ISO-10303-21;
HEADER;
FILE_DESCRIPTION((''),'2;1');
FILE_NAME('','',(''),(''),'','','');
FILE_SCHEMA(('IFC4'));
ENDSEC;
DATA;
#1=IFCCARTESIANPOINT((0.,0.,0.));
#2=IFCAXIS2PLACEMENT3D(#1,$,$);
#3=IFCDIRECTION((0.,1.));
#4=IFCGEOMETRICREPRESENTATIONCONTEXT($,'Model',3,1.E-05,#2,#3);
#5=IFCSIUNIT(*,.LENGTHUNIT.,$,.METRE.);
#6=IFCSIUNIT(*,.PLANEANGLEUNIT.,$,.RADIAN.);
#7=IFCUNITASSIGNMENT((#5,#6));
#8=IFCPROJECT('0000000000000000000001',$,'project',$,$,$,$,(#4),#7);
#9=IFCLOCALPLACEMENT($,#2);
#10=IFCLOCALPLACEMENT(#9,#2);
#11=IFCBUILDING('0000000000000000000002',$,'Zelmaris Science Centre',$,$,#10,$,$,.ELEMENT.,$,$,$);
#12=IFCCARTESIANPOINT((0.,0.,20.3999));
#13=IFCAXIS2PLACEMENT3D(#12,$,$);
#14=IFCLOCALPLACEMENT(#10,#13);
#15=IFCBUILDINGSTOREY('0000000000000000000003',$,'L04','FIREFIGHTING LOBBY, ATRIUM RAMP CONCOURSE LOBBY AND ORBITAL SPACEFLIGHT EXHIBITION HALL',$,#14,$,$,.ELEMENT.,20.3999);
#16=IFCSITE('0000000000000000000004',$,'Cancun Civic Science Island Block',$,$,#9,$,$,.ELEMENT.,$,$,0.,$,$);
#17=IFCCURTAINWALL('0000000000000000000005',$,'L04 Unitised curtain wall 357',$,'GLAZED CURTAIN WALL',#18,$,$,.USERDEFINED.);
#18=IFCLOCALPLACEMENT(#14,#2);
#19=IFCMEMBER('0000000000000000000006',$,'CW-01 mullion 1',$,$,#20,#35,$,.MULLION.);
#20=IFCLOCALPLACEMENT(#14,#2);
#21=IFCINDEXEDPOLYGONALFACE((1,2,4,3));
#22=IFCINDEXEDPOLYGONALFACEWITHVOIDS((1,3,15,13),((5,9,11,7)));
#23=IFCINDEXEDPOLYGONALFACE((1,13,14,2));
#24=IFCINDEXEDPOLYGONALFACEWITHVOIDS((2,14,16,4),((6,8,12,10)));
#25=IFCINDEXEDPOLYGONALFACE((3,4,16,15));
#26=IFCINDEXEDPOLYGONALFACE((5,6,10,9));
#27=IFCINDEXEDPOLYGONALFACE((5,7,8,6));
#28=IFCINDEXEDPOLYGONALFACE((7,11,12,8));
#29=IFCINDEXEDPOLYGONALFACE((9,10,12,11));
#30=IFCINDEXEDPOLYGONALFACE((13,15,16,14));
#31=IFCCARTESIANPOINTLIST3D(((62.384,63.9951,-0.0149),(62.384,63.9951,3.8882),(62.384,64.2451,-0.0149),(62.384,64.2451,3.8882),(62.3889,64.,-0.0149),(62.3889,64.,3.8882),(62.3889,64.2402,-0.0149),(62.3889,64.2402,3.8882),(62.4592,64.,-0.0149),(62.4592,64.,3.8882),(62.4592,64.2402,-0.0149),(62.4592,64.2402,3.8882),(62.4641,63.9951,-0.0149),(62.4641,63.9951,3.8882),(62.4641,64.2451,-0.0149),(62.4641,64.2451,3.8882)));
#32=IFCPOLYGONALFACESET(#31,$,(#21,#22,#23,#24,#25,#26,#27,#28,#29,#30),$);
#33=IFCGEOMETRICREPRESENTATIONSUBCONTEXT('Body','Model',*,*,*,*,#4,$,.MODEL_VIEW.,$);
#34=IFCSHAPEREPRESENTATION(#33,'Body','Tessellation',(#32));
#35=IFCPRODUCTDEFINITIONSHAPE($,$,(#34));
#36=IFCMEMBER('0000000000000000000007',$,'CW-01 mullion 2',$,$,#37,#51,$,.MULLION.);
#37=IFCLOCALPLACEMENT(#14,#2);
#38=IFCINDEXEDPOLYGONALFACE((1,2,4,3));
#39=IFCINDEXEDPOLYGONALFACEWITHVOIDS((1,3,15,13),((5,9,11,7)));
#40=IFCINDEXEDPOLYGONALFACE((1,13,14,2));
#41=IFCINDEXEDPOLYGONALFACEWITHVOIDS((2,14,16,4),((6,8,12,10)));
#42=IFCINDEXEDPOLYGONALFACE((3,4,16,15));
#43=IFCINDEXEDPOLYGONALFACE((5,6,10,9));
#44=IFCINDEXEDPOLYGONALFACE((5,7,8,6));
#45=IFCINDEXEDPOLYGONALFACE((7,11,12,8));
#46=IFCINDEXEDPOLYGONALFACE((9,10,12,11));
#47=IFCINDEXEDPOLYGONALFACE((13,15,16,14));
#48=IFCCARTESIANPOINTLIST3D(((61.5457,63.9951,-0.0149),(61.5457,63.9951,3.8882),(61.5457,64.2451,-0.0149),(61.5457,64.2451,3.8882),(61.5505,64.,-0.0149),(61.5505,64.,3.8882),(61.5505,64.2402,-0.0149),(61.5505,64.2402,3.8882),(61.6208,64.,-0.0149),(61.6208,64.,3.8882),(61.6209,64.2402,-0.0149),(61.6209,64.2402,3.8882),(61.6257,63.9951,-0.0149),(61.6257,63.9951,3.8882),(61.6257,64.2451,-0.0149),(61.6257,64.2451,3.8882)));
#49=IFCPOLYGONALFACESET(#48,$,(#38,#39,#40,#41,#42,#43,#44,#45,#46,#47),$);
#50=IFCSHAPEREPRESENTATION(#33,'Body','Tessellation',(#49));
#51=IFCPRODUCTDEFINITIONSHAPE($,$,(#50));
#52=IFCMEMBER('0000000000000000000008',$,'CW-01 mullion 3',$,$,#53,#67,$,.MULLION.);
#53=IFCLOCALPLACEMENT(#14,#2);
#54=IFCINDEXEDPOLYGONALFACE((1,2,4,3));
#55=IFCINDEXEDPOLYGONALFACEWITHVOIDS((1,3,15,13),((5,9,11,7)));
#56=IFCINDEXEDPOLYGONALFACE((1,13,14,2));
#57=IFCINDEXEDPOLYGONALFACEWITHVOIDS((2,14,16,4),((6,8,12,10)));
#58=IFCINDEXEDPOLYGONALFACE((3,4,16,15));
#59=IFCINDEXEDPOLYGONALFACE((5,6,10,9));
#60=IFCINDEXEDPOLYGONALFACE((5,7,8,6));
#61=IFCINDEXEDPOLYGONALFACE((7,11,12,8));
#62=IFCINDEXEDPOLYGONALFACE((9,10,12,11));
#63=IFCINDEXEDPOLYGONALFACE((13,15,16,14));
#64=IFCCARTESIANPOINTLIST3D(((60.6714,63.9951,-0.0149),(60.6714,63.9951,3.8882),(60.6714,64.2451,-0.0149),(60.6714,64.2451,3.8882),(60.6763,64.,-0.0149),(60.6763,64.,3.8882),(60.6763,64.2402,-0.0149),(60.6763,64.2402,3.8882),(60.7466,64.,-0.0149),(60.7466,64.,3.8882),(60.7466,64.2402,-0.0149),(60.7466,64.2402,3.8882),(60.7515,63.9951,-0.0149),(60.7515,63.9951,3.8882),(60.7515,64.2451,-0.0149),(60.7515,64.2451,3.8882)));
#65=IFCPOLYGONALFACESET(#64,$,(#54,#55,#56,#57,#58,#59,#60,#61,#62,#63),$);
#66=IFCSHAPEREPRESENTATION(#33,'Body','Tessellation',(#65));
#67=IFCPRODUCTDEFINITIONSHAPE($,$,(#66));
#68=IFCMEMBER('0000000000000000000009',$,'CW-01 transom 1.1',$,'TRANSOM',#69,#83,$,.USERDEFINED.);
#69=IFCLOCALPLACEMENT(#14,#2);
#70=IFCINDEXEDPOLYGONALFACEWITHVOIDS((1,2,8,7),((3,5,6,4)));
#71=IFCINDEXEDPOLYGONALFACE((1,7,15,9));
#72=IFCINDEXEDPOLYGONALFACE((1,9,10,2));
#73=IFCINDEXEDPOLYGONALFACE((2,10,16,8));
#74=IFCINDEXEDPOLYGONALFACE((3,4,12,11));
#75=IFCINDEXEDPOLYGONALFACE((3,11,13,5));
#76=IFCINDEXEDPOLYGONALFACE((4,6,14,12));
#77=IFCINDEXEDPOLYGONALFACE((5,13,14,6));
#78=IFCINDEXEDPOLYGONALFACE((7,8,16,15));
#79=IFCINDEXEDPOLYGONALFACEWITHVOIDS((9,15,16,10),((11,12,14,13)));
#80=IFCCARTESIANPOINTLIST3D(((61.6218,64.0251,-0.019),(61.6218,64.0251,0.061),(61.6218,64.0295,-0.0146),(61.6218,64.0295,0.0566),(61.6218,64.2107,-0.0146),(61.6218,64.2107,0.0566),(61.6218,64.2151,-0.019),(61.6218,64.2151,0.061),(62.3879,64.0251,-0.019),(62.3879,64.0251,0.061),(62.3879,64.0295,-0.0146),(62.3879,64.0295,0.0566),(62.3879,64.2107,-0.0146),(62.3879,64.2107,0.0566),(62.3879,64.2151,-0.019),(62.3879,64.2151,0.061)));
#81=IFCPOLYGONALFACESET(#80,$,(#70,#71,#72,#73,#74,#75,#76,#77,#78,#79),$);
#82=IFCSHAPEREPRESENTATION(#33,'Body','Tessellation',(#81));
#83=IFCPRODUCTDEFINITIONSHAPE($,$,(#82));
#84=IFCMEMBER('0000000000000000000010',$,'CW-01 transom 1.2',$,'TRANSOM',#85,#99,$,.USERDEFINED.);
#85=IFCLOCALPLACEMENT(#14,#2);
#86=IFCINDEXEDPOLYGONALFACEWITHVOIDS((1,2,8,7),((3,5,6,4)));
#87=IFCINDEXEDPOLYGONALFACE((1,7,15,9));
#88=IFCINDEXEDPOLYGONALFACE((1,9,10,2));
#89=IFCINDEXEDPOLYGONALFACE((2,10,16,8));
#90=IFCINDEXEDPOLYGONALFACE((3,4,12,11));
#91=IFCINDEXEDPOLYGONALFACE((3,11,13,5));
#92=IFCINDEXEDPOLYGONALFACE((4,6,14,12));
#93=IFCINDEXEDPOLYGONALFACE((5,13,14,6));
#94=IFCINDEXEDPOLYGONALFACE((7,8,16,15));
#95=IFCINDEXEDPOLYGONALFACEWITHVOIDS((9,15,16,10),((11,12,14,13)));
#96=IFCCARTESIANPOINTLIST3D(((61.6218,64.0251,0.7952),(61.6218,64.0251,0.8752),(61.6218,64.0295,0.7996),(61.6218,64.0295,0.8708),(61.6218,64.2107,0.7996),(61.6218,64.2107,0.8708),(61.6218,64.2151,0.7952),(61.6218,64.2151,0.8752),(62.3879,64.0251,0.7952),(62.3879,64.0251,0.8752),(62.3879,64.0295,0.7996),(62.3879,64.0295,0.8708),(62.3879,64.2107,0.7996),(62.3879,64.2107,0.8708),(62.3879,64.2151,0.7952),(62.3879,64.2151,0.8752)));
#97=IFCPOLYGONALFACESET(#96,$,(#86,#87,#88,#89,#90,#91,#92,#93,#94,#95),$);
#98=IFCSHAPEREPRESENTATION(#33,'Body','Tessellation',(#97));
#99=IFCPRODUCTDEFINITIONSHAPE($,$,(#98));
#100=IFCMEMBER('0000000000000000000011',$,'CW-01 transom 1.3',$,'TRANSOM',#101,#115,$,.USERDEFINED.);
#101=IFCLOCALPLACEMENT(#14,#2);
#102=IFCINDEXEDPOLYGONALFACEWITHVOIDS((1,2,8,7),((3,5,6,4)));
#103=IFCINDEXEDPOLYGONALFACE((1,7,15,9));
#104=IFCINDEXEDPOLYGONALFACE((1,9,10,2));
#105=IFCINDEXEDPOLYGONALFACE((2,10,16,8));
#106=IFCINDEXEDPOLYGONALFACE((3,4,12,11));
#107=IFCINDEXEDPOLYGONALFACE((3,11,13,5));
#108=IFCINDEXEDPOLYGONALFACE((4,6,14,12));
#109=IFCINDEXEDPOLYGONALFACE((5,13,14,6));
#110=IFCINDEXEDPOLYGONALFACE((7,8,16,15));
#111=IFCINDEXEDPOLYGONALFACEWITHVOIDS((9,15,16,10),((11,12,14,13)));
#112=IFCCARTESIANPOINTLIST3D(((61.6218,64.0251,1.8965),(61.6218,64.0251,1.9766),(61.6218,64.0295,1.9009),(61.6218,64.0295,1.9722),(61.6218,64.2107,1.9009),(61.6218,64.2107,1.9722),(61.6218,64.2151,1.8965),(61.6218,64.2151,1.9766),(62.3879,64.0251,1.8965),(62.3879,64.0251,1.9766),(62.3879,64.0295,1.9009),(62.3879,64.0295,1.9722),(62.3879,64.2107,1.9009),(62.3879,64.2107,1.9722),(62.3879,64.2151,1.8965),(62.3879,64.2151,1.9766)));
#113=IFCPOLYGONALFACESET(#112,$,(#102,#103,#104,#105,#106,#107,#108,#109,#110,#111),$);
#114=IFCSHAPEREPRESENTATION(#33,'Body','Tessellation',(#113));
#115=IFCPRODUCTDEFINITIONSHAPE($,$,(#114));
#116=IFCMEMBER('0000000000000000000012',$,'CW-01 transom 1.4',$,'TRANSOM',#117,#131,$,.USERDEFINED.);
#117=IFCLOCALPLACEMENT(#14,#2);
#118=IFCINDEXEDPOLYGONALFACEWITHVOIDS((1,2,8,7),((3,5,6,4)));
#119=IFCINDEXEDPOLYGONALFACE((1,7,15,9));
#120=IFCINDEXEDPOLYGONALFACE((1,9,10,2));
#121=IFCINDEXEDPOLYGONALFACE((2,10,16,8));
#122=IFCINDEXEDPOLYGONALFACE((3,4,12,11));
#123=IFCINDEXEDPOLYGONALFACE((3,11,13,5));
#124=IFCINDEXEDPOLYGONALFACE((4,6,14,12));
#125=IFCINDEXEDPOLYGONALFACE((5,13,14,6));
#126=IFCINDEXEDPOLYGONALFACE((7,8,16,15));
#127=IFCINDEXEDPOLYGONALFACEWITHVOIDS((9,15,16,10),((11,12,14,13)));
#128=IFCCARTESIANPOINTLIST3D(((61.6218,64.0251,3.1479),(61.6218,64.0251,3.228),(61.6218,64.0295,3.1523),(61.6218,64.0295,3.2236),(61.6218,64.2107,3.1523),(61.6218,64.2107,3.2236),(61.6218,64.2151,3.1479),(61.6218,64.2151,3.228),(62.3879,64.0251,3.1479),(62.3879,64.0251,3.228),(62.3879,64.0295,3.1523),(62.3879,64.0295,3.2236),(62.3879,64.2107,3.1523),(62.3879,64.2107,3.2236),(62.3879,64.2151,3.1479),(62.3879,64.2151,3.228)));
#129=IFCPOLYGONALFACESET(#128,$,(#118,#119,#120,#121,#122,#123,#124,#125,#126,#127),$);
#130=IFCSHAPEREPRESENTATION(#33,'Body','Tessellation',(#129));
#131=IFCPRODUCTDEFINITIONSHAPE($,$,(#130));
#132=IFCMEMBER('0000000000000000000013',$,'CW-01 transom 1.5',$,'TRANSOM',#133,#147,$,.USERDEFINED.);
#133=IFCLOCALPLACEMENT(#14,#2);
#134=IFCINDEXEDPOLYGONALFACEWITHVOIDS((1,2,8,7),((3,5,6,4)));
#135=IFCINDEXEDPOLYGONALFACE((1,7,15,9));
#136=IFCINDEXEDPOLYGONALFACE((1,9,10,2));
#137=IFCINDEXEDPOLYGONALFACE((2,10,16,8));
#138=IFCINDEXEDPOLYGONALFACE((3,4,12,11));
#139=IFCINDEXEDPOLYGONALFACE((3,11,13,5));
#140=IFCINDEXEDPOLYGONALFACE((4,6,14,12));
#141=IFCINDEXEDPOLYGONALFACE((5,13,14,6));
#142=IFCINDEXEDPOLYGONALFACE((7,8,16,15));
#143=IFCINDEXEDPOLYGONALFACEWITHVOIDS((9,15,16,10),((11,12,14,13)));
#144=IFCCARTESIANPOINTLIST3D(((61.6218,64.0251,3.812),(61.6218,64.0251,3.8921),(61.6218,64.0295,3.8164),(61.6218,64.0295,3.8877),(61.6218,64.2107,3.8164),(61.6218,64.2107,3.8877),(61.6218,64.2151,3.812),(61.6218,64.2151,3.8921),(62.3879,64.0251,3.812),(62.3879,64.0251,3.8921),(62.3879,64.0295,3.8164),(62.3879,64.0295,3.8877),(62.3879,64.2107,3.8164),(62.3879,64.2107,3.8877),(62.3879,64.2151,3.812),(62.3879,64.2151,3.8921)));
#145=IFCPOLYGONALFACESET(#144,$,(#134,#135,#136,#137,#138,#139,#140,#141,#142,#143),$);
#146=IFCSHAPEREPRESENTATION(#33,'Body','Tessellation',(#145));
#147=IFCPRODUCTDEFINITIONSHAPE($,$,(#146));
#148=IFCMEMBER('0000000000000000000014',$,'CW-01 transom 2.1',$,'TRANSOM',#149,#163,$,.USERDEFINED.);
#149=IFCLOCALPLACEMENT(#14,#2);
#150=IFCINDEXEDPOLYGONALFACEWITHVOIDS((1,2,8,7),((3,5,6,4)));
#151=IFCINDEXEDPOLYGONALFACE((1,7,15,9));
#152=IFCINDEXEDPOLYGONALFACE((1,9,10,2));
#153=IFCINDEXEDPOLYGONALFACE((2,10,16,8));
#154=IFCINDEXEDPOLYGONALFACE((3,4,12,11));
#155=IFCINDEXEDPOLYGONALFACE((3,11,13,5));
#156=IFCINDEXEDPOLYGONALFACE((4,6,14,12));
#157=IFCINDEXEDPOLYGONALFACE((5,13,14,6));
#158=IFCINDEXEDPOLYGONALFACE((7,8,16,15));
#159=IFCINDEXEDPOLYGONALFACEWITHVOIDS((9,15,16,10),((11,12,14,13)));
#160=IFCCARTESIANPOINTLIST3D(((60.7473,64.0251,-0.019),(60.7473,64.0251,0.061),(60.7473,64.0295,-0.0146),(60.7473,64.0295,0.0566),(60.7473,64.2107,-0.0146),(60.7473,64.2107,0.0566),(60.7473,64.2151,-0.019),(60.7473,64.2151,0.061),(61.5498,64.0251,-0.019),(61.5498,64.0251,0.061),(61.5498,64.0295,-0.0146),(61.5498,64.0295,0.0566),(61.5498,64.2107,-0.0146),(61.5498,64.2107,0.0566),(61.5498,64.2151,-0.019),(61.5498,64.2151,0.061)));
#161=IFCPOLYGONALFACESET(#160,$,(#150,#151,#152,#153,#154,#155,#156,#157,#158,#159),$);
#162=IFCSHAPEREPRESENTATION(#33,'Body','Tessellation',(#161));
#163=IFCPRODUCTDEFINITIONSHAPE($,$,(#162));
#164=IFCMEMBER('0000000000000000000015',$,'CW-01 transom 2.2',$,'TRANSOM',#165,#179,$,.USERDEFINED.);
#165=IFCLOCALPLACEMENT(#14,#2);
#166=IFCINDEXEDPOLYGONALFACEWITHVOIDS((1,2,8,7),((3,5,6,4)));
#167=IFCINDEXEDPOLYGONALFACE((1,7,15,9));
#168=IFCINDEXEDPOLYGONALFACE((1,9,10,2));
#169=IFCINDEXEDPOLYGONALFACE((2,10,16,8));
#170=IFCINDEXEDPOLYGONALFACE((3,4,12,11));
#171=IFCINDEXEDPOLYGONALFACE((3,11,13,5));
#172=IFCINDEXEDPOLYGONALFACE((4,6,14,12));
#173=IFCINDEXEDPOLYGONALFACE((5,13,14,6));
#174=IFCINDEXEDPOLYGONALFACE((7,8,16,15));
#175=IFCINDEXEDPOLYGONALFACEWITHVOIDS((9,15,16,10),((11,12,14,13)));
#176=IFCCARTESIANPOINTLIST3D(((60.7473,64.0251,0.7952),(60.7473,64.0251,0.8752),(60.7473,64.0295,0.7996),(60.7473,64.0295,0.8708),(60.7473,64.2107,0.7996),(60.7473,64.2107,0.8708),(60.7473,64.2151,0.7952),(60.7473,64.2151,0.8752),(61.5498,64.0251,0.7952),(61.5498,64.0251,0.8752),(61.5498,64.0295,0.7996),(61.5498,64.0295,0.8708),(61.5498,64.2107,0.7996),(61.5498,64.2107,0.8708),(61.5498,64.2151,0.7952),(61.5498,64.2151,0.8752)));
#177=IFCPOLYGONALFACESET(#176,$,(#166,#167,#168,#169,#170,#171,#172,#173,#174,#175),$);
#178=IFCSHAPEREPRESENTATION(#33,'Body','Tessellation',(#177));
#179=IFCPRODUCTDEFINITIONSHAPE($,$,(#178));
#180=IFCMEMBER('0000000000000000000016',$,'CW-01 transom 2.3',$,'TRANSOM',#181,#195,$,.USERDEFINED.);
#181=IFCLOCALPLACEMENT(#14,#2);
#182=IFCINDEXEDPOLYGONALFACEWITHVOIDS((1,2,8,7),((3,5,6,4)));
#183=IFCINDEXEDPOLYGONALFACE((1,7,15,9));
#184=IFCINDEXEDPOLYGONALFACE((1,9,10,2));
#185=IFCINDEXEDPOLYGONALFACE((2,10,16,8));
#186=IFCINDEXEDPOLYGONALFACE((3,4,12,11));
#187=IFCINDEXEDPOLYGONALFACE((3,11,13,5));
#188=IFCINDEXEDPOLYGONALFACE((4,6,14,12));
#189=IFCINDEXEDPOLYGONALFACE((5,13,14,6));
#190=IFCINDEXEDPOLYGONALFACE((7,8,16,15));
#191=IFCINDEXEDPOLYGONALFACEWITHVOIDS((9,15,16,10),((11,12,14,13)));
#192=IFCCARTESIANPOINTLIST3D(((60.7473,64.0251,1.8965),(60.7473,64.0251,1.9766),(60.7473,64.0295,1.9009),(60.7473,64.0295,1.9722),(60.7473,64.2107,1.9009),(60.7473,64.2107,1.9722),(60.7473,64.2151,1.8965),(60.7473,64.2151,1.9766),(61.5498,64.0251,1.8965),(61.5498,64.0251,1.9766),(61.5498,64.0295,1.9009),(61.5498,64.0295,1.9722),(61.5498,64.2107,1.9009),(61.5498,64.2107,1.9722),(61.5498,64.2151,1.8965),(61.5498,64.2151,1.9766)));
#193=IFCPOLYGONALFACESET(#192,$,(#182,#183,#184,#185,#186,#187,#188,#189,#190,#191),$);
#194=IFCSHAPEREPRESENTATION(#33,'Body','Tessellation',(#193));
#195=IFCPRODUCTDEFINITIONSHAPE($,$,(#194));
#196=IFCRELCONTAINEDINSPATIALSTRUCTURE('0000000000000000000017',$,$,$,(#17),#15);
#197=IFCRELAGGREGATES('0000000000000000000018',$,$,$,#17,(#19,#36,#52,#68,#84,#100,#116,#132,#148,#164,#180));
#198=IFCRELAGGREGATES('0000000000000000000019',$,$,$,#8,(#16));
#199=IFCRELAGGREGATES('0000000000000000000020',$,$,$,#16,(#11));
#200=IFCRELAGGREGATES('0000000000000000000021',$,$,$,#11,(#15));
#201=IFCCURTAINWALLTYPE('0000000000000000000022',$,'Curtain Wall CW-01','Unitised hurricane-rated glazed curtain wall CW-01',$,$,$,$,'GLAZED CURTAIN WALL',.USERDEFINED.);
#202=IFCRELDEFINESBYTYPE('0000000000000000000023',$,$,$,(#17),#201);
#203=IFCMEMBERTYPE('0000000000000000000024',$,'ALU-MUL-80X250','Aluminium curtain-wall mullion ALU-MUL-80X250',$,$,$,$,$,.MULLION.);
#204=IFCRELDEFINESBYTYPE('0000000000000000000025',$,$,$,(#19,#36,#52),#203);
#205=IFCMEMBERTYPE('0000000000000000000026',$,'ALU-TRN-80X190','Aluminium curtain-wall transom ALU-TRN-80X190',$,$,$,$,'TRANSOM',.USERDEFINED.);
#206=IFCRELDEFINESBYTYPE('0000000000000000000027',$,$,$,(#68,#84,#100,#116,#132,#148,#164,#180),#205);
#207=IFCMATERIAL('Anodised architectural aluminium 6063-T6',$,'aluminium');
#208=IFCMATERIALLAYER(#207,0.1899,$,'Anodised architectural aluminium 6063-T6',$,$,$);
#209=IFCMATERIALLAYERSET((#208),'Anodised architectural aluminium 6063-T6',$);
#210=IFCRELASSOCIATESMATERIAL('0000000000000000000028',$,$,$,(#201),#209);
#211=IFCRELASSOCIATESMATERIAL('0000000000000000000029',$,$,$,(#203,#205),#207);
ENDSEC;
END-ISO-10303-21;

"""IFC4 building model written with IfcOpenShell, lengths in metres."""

from ifc_helpers import new_model, si_unit, direction, frame, origin, origin_2d, place, context, subcontext, project, spatial, hollow_rectangle, extrude, material, layer, layer_set, material_profile, profile_set, type_object, element, aggregate, save


model = new_model("IFC4")

# Units and contexts
model_context = context("Model", 3, precision=1e-05, world=origin(), true_north=direction((0.0, 1.0)))
body_context = subcontext(model_context, "Body", "Model", "MODEL_VIEW")
ifc_project = project(units=[si_unit("LENGTHUNIT", "METRE"), si_unit("PLANEANGLEUNIT", "RADIAN")], contexts=[model_context])

# Site, building, storey
site_placement = place(None, origin())
site = spatial("IfcSite", under=ifc_project, at=site_placement, Name="Cancun Civic Science Island Block", CompositionType="ELEMENT", RefElevation=0.0)
building_placement = place(site_placement, origin())
building = spatial("IfcBuilding", under=site, at=building_placement, Name="Zelmaris Science Centre", CompositionType="ELEMENT")
storey_placement = place(building_placement, frame((0.0, 0.0, 20.3999)))
storey = spatial("IfcBuildingStorey", under=building, at=storey_placement, Name="L04", Description="FIREFIGHTING LOBBY, ATRIUM RAMP CONCOURSE LOBBY AND ORBITAL SPACEFLIGHT EXHIBITION HALL", CompositionType="ELEMENT", Elevation=20.3999)

# Curtain wall, members
ifc_material_1 = material(Name="Anodised architectural aluminium 6063-T6", Category="aluminium")
ifc_layer_1 = layer(ifc_material_1, 0.1899, Name="Anodised architectural aluminium 6063-T6")
ifc_layer_set_1 = layer_set([ifc_layer_1], Name="Anodised architectural aluminium 6063-T6")
curtain_wall_type = type_object("IfcCurtainWallType", Name="Curtain Wall CW-01", Description="Unitised hurricane-rated glazed curtain wall CW-01", ElementType="GLAZED CURTAIN WALL", PredefinedType="USERDEFINED", material=ifc_layer_set_1)
curtain_wall_placement = place(storey_placement, origin())
curtain_wall = element("IfcCurtainWall", 1, at=curtain_wall_placement, inside=storey, type_object=curtain_wall_type, Name="L04 Unitised curtain wall 357", ObjectType="GLAZED CURTAIN WALL", PredefinedType="USERDEFINED")
ifc_material_profile_1 = material_profile(ifc_material_1, hollow_rectangle(XDim=0.0801, YDim=0.25, WallThickness=0.0049, at=origin_2d()), Name="ALU-MUL-80X250")
ifc_profile_set_1 = profile_set([ifc_material_profile_1], Name="Anodised architectural aluminium 6063-T6")
member_type_1 = type_object("IfcMemberType", Name="ALU-MUL-80X250", Description="Aluminium curtain-wall mullion ALU-MUL-80X250", PredefinedType="MULLION", material=ifc_profile_set_1)
member_1_placement = place(storey_placement, frame((62.4241, 64.1201, -0.0149), z_axis=(0.0, 0.0, 1.0), x_axis=(-1.0, 0.000003, 0.0)))
member_1 = element("IfcMember", 2, at=member_1_placement, type_object=member_type_1, Name="CW-01 mullion 1", PredefinedType="MULLION", context=body_context, shape_type="SweptSolid", body=[
    extrude(hollow_rectangle(XDim=0.0801, YDim=0.25, WallThickness=0.0049, at=origin_2d()), origin(), (0.0, 0.0, 1.0), 3.9031),
])
member_2_placement = place(storey_placement, frame((61.5857, 64.1201, -0.0149), z_axis=(0.0, 0.0, 1.0), x_axis=(-1.0, 0.000003, 0.0)))
member_2 = element("IfcMember", 3, at=member_2_placement, type_object=member_type_1, Name="CW-01 mullion 2", PredefinedType="MULLION", context=body_context, shape_type="SweptSolid", body=[
    extrude(hollow_rectangle(XDim=0.0801, YDim=0.25, WallThickness=0.0049, at=origin_2d()), origin(), (0.0, 0.0, 1.0), 3.9031),
])
member_3_placement = place(storey_placement, frame((60.7114, 64.1201, -0.0149), z_axis=(0.0, 0.0, 1.0), x_axis=(-1.0, 0.000003, 0.0)))
member_3 = element("IfcMember", 4, at=member_3_placement, type_object=member_type_1, Name="CW-01 mullion 3", PredefinedType="MULLION", context=body_context, shape_type="SweptSolid", body=[
    extrude(hollow_rectangle(XDim=0.0801, YDim=0.25, WallThickness=0.0049, at=origin_2d()), origin(), (0.0, 0.0, 1.0), 3.9031),
])
ifc_material_profile_2 = material_profile(ifc_material_1, hollow_rectangle(XDim=0.0801, YDim=0.1899, WallThickness=0.0044, at=origin_2d()), Name="ALU-TRN-80X190")
ifc_profile_set_2 = profile_set([ifc_material_profile_2], Name="Anodised architectural aluminium 6063-T6")
member_type_2 = type_object("IfcMemberType", Name="ALU-TRN-80X190", Description="Aluminium curtain-wall transom ALU-TRN-80X190", ElementType="TRANSOM", PredefinedType="USERDEFINED", material=ifc_profile_set_2)
member_4_placement = place(storey_placement, frame((62.3879, 64.1201, 0.021), z_axis=(-1.0, 0.0, 0.0), x_axis=(0.0, 0.0, 1.0)))
member_4 = element("IfcMember", 5, at=member_4_placement, type_object=member_type_2, Name="CW-01 transom 1.1", ObjectType="TRANSOM", PredefinedType="USERDEFINED", context=body_context, shape_type="SweptSolid", body=[
    extrude(hollow_rectangle(XDim=0.0801, YDim=0.1899, WallThickness=0.0044, at=origin_2d()), origin(), (0.0, 0.0, 1.0), 0.7661),
])
member_5_placement = place(storey_placement, frame((62.3879, 64.1201, 0.8352), z_axis=(-1.0, 0.0, 0.0), x_axis=(0.0, 0.0, 1.0)))
member_5 = element("IfcMember", 6, at=member_5_placement, type_object=member_type_2, Name="CW-01 transom 1.2", ObjectType="TRANSOM", PredefinedType="USERDEFINED", context=body_context, shape_type="SweptSolid", body=[
    extrude(hollow_rectangle(XDim=0.0801, YDim=0.1899, WallThickness=0.0044, at=origin_2d()), origin(), (0.0, 0.0, 1.0), 0.7661),
])
member_6_placement = place(storey_placement, frame((62.3879, 64.1201, 1.9365), z_axis=(-1.0, 0.0, 0.0), x_axis=(0.0, 0.0, 1.0)))
member_6 = element("IfcMember", 7, at=member_6_placement, type_object=member_type_2, Name="CW-01 transom 1.3", ObjectType="TRANSOM", PredefinedType="USERDEFINED", context=body_context, shape_type="SweptSolid", body=[
    extrude(hollow_rectangle(XDim=0.0801, YDim=0.1899, WallThickness=0.0044, at=origin_2d()), origin(), (0.0, 0.0, 1.0), 0.7661),
])
member_7_placement = place(storey_placement, frame((62.3879, 64.1201, 3.188), z_axis=(-1.0, 0.0, 0.0), x_axis=(0.0, 0.0, 1.0)))
member_7 = element("IfcMember", 8, at=member_7_placement, type_object=member_type_2, Name="CW-01 transom 1.4", ObjectType="TRANSOM", PredefinedType="USERDEFINED", context=body_context, shape_type="SweptSolid", body=[
    extrude(hollow_rectangle(XDim=0.0801, YDim=0.1899, WallThickness=0.0044, at=origin_2d()), origin(), (0.0, 0.0, 1.0), 0.7661),
])
member_8_placement = place(storey_placement, frame((62.3879, 64.1201, 3.8521), z_axis=(-1.0, 0.0, 0.0), x_axis=(0.0, 0.0, 1.0)))
member_8 = element("IfcMember", 9, at=member_8_placement, type_object=member_type_2, Name="CW-01 transom 1.5", ObjectType="TRANSOM", PredefinedType="USERDEFINED", context=body_context, shape_type="SweptSolid", body=[
    extrude(hollow_rectangle(XDim=0.0801, YDim=0.1899, WallThickness=0.0044, at=origin_2d()), origin(), (0.0, 0.0, 1.0), 0.7661),
])
member_9_placement = place(storey_placement, frame((61.5498, 64.1201, 0.021), z_axis=(-1.0, 0.0, 0.0), x_axis=(0.0, 0.0, 1.0)))
member_9 = element("IfcMember", 10, at=member_9_placement, type_object=member_type_2, Name="CW-01 transom 2.1", ObjectType="TRANSOM", PredefinedType="USERDEFINED", context=body_context, shape_type="SweptSolid", body=[
    extrude(hollow_rectangle(XDim=0.0801, YDim=0.1899, WallThickness=0.0044, at=origin_2d()), origin(), (0.0, 0.0, 1.0), 0.8025),
])
member_10_placement = place(storey_placement, frame((61.5498, 64.1201, 0.8352), z_axis=(-1.0, 0.0, 0.0), x_axis=(0.0, 0.0, 1.0)))
member_10 = element("IfcMember", 11, at=member_10_placement, type_object=member_type_2, Name="CW-01 transom 2.2", ObjectType="TRANSOM", PredefinedType="USERDEFINED", context=body_context, shape_type="SweptSolid", body=[
    extrude(hollow_rectangle(XDim=0.0801, YDim=0.1899, WallThickness=0.0044, at=origin_2d()), origin(), (0.0, 0.0, 1.0), 0.8025),
])
member_11_placement = place(storey_placement, frame((61.5498, 64.1201, 1.9365), z_axis=(-1.0, 0.0, 0.0), x_axis=(0.0, 0.0, 1.0)))
member_11 = element("IfcMember", 12, at=member_11_placement, type_object=member_type_2, Name="CW-01 transom 2.3", ObjectType="TRANSOM", PredefinedType="USERDEFINED", context=body_context, shape_type="SweptSolid", body=[
    extrude(hollow_rectangle(XDim=0.0801, YDim=0.1899, WallThickness=0.0044, at=origin_2d()), origin(), (0.0, 0.0, 1.0), 0.8025),
])
aggregate(curtain_wall, [member_1, member_2, member_3, member_4, member_5, member_6, member_7, member_8, member_9, member_10, member_11])

save(model, "model.ifc")
